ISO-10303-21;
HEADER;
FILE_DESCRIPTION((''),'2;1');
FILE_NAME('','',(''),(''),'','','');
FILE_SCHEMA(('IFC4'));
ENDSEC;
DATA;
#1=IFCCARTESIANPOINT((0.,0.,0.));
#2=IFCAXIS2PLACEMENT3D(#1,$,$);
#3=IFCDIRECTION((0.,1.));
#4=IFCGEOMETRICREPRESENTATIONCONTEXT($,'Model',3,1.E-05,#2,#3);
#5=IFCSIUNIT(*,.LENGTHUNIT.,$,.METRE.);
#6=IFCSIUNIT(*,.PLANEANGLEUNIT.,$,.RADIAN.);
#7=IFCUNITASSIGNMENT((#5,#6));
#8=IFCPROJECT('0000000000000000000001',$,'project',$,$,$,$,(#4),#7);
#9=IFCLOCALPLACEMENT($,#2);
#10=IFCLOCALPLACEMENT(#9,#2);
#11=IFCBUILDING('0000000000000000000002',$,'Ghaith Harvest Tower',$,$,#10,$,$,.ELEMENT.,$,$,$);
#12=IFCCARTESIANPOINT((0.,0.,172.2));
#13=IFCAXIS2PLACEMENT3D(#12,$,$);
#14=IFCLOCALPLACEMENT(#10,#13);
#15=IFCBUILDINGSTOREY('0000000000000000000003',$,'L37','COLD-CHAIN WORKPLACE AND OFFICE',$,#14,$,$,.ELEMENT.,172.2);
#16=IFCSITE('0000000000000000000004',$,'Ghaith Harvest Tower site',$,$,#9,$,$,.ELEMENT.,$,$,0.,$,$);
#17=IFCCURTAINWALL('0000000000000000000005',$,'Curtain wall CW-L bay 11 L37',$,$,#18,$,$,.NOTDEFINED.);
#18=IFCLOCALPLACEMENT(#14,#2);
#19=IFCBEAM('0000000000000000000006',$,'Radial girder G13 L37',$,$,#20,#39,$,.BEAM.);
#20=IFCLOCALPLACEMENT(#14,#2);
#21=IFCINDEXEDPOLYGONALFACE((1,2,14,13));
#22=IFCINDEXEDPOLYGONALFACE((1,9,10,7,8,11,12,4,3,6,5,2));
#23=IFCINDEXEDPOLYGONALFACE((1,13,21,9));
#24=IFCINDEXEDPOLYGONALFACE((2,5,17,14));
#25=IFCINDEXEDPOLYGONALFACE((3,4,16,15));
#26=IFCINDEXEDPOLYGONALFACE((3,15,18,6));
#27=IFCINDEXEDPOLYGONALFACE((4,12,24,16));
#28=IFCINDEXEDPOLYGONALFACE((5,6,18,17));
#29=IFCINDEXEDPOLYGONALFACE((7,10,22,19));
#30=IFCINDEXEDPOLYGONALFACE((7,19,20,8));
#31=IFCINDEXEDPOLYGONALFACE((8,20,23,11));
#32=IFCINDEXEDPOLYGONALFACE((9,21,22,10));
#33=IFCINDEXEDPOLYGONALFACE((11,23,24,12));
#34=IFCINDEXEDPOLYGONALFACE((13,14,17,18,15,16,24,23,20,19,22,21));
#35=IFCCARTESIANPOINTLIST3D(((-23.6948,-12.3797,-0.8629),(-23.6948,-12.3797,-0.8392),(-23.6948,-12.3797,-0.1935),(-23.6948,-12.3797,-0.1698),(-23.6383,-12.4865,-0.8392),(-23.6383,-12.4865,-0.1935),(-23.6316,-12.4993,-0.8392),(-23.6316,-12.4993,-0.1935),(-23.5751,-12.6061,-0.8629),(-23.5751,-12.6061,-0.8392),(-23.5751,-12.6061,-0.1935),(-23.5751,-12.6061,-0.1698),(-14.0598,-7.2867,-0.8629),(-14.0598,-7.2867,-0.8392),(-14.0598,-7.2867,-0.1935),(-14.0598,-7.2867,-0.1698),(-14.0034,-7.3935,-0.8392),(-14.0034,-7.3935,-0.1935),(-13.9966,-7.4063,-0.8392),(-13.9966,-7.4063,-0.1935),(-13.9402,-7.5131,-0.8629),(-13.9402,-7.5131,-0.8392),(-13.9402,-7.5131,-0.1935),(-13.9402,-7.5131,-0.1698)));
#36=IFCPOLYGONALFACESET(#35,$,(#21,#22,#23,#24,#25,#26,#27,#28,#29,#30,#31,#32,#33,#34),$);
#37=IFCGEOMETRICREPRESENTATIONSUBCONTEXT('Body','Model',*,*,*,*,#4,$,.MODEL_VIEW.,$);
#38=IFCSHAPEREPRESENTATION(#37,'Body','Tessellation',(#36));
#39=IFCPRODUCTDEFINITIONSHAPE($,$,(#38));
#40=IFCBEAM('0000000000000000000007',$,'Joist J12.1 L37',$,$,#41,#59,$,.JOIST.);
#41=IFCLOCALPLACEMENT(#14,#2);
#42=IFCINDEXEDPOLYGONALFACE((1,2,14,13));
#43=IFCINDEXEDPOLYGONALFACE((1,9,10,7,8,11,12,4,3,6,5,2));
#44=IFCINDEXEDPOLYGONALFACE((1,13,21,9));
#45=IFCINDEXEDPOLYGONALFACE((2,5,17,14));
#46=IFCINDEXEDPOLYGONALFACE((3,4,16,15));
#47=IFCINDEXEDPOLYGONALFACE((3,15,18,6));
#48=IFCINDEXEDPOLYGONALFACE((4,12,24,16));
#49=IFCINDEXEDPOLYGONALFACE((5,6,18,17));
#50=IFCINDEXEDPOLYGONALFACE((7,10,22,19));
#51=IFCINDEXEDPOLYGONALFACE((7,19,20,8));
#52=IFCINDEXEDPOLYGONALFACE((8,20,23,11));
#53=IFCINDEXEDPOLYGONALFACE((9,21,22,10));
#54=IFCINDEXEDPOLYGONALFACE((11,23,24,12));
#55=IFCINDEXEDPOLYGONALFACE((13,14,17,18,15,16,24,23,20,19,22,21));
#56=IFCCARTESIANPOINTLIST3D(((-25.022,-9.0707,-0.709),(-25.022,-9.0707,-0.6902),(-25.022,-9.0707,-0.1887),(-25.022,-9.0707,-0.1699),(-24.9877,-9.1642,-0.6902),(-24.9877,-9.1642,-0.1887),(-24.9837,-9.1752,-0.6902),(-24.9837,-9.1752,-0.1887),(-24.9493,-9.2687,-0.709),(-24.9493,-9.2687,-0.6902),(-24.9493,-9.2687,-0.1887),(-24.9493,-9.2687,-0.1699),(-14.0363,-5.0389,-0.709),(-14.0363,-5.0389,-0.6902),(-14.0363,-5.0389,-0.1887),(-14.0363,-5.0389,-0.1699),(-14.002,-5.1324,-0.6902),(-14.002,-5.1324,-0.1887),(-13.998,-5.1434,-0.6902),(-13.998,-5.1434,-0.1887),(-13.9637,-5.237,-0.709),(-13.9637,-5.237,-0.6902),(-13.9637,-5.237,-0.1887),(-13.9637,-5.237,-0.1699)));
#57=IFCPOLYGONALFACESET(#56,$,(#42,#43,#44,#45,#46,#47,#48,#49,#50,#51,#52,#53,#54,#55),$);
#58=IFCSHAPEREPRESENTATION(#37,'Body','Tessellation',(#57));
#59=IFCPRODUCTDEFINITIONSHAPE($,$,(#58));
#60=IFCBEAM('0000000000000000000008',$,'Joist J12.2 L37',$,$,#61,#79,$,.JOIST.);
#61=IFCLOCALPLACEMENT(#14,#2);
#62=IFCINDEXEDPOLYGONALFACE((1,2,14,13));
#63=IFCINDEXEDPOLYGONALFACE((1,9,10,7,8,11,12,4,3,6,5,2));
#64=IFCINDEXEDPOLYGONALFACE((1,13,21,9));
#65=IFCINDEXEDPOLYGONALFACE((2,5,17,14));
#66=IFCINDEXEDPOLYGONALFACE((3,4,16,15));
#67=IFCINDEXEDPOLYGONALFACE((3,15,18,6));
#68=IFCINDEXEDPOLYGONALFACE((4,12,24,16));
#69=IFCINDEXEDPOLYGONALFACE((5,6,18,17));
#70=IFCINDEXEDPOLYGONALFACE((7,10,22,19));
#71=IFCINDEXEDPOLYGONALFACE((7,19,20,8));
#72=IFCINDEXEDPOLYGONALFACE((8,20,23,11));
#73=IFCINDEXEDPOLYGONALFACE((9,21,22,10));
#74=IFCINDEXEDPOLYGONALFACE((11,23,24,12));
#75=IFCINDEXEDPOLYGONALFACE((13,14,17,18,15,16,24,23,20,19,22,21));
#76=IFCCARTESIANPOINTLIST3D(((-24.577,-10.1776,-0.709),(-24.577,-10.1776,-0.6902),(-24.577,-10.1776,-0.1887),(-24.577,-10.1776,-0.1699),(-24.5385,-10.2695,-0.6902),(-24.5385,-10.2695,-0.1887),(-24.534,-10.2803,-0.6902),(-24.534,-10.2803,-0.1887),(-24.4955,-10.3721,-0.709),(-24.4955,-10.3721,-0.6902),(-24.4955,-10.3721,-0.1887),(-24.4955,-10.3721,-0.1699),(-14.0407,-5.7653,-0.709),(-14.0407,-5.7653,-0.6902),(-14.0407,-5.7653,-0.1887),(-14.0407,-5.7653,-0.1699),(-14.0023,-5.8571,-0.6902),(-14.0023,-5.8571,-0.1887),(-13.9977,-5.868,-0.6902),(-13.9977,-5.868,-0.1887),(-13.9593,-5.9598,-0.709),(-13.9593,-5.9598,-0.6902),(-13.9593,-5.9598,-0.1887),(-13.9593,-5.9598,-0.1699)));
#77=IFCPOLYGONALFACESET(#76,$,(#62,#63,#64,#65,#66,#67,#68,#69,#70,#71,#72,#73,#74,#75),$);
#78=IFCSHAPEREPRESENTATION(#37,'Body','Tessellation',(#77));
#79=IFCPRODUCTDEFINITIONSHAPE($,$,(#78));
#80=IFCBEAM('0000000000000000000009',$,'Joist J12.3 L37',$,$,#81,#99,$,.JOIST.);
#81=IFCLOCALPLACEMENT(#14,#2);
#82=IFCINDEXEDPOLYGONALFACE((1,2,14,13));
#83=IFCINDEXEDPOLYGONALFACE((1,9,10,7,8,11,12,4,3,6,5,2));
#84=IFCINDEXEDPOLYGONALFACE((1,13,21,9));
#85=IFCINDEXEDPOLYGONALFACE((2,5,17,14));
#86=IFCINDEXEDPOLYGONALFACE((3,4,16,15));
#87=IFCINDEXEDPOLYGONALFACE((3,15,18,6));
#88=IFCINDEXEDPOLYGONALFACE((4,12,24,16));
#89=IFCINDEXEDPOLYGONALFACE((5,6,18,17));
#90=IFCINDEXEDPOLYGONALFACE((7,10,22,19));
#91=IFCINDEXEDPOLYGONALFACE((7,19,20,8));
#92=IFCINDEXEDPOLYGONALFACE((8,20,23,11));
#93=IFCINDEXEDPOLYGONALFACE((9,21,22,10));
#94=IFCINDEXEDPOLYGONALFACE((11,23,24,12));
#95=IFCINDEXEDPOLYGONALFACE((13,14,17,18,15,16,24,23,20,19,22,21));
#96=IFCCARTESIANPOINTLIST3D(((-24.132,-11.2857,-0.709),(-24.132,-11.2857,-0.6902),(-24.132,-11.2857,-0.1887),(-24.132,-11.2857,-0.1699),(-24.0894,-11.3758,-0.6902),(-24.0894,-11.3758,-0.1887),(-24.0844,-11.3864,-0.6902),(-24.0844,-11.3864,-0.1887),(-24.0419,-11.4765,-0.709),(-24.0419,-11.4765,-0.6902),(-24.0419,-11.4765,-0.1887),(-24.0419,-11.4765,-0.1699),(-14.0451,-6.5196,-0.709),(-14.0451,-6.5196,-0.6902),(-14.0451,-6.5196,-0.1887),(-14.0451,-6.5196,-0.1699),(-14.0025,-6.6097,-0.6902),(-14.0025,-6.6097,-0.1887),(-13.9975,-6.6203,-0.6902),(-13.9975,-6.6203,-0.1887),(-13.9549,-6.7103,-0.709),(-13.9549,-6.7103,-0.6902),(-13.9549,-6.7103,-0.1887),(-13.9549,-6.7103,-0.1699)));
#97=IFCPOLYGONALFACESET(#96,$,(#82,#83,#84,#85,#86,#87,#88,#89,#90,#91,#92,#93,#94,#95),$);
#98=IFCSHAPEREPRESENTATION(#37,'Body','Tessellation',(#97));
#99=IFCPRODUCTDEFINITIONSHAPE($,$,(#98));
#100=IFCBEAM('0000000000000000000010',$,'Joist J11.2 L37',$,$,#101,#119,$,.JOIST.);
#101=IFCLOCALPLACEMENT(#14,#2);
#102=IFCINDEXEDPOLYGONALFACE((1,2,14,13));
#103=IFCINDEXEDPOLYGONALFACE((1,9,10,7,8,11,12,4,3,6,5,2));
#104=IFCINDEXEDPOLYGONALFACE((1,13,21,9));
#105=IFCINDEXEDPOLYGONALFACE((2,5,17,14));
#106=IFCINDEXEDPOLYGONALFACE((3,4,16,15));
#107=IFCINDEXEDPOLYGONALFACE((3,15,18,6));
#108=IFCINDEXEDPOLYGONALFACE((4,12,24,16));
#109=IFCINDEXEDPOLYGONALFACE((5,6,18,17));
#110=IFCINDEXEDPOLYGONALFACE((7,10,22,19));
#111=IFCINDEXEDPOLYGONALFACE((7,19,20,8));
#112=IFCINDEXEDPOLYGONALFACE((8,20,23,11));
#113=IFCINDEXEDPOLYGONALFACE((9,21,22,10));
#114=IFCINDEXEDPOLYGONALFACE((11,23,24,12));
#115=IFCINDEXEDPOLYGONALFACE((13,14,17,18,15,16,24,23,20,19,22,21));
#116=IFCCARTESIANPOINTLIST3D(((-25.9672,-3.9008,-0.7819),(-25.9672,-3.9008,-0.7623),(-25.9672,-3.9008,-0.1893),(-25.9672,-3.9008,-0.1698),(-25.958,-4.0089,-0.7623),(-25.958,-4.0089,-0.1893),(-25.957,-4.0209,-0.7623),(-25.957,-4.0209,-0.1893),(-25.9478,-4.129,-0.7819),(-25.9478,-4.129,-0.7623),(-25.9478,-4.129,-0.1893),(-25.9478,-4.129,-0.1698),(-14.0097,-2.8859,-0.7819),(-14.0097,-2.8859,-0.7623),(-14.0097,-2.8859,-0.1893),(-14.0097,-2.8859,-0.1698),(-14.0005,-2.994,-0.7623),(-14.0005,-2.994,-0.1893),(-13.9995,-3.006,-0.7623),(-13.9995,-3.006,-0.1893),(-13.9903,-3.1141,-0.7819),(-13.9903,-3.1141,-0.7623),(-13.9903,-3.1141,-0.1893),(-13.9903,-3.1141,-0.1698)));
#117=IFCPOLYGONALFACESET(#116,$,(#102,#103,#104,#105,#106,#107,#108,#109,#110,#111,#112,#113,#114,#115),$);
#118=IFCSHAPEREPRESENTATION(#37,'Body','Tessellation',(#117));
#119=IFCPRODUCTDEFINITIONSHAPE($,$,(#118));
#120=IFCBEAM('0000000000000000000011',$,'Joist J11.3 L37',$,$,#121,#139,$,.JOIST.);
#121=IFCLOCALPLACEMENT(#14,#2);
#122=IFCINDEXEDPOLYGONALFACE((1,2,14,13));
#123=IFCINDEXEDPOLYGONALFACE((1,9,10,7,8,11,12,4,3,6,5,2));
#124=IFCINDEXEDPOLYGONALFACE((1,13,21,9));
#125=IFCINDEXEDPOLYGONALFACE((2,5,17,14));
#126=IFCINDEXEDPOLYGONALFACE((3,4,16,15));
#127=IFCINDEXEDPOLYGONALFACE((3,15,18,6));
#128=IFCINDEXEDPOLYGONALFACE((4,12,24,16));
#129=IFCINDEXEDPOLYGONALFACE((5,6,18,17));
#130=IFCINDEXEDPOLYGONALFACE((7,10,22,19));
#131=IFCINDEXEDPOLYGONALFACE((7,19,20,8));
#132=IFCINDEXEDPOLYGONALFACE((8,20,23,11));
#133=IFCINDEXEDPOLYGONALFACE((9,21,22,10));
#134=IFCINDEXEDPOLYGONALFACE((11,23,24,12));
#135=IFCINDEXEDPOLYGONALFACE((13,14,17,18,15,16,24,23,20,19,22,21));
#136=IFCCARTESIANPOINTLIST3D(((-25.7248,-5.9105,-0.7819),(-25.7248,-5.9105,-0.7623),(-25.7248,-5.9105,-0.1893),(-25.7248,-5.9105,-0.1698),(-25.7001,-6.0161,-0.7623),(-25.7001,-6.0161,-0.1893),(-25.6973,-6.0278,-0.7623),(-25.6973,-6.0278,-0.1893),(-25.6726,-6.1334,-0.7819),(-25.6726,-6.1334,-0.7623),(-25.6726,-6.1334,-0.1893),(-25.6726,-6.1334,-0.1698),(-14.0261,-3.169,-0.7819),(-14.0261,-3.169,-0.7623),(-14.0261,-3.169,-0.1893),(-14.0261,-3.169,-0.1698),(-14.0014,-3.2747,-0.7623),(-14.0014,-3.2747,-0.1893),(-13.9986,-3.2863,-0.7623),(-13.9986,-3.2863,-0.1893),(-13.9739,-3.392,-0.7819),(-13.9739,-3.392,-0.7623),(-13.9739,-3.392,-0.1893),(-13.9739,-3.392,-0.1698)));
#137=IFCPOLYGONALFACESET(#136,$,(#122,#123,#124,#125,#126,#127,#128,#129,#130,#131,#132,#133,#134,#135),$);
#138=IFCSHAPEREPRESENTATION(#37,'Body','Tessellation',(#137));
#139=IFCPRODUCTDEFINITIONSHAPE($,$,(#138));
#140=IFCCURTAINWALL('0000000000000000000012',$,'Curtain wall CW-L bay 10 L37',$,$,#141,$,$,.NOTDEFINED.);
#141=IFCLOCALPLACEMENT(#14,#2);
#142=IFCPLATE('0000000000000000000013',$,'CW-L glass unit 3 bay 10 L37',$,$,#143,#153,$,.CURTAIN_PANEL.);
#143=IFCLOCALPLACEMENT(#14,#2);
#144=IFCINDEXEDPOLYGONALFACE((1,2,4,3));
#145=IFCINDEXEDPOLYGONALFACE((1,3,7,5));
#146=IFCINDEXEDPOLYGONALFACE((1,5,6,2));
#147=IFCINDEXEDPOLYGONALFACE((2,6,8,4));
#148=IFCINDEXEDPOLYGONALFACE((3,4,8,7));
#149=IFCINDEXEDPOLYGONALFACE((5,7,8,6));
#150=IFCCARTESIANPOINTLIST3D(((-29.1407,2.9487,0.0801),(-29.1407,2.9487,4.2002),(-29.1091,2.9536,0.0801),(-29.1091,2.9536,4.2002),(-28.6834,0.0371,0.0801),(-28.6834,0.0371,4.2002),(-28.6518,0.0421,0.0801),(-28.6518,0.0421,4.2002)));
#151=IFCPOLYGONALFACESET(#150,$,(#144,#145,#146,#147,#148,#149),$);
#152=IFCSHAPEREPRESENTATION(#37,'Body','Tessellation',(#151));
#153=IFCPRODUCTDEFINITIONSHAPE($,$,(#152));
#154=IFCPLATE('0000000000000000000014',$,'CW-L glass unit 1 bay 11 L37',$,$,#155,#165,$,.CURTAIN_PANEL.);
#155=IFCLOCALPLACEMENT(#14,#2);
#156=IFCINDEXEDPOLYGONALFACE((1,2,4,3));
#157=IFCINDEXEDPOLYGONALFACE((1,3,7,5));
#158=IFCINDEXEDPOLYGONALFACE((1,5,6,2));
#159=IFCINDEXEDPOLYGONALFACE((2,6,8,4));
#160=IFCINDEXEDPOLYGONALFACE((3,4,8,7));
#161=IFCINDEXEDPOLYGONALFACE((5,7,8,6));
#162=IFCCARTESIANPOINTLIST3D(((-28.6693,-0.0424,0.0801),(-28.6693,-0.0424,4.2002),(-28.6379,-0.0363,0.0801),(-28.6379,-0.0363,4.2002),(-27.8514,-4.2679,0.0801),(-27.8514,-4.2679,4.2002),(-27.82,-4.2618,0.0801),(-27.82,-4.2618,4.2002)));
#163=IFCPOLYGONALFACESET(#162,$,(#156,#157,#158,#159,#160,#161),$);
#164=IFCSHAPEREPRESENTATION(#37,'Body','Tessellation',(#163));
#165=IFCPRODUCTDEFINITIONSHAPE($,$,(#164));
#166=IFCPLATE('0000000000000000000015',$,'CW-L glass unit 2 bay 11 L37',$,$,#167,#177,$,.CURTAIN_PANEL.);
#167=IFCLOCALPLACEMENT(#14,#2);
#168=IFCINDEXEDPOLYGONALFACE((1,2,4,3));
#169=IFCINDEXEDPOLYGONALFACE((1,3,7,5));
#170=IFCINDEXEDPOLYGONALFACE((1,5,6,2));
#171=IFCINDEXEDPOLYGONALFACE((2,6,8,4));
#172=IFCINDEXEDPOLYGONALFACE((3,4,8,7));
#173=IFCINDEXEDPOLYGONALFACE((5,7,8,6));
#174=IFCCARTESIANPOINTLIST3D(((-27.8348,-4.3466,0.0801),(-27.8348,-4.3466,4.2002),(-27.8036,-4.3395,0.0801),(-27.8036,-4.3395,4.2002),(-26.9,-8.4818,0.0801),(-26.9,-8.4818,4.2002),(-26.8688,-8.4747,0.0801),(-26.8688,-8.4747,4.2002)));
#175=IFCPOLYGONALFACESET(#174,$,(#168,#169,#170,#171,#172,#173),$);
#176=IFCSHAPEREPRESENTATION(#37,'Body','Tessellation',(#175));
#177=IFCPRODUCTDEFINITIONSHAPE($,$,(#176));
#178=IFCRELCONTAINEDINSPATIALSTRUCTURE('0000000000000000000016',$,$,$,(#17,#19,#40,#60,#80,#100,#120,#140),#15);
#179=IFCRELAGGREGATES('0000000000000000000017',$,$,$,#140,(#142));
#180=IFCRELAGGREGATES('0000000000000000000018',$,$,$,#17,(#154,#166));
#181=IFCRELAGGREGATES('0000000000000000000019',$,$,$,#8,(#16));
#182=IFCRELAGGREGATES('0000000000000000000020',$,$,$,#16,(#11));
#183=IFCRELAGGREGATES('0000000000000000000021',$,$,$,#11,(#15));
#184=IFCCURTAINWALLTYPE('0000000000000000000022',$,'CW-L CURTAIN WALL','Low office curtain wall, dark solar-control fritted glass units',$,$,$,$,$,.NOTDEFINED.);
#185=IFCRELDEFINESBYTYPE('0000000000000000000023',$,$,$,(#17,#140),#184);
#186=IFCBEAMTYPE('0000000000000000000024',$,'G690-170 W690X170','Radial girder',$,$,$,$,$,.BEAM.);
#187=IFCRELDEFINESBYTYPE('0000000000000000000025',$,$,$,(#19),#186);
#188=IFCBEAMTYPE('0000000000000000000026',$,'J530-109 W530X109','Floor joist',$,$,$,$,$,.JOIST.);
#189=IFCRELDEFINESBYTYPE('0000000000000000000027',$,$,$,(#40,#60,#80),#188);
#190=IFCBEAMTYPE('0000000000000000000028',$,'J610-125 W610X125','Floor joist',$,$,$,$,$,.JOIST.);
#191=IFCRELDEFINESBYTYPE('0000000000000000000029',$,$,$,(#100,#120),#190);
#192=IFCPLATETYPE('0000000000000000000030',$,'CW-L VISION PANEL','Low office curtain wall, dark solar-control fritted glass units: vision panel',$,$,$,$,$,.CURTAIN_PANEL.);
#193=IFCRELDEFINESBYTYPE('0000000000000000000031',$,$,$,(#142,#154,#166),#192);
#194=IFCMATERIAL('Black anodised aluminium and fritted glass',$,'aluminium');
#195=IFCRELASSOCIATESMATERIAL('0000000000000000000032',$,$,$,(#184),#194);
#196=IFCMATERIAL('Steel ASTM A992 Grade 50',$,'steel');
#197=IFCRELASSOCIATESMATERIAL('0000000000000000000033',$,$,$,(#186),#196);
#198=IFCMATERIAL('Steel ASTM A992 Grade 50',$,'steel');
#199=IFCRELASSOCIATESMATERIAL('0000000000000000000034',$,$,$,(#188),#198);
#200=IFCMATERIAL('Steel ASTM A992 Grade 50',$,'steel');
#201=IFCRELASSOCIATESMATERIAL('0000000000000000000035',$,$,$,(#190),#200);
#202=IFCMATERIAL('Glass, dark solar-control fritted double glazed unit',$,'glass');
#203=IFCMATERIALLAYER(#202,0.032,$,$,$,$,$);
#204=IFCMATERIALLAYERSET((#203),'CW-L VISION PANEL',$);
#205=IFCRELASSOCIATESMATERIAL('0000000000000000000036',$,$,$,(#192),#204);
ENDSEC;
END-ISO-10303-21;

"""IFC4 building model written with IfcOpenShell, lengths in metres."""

from ifc_helpers import new_model, si_unit, direction, frame, origin, origin_2d, place, context, subcontext, project, spatial, rectangle, i_section, extrude, material, layer, layer_set, material_profile, profile_set, type_object, element, aggregate, save


model = new_model("IFC4")

# Units and contexts
model_context = context("Model", 3, precision=1e-05, world=origin(), true_north=direction((0.0, 1.0)))
body_context = subcontext(model_context, "Body", "Model", "MODEL_VIEW")
ifc_project = project(units=[si_unit("LENGTHUNIT", "METRE"), si_unit("PLANEANGLEUNIT", "RADIAN")], contexts=[model_context])

# Site, building, storey
site_placement = place(None, origin())
site = spatial("IfcSite", under=ifc_project, at=site_placement, Name="Ghaith Harvest Tower site", CompositionType="ELEMENT", RefElevation=0.0)
building_placement = place(site_placement, origin())
building = spatial("IfcBuilding", under=site, at=building_placement, Name="Ghaith Harvest Tower", CompositionType="ELEMENT")
storey_placement = place(building_placement, frame((0.0, 0.0, 172.2)))
storey = spatial("IfcBuildingStorey", under=building, at=storey_placement, Name="L37", Description="COLD-CHAIN WORKPLACE AND OFFICE", CompositionType="ELEMENT", Elevation=172.2)

# Curtain wall
ifc_material_1 = material(Name="Black anodised aluminium and fritted glass", Category="aluminium")
curtain_wall_type = type_object("IfcCurtainWallType", Name="CW-L CURTAIN WALL", Description="Low office curtain wall, dark solar-control fritted glass units", PredefinedType="NOTDEFINED", material=ifc_material_1)
curtain_wall_1_placement = place(storey_placement, origin())
curtain_wall_1 = element("IfcCurtainWall", 1, at=curtain_wall_1_placement, inside=storey, type_object=curtain_wall_type, Name="Curtain wall CW-L bay 11 L37", PredefinedType="NOTDEFINED")

# Beams
ifc_material_2 = material(Name="Steel ASTM A992 Grade 50", Category="steel")
ifc_material_profile_1 = material_profile(ifc_material_2, i_section(OverallWidth=0.2561, OverallDepth=0.6931, WebThickness=0.0144, FlangeThickness=0.0237, at=origin_2d()), Name="W690X170")
ifc_profile_set_1 = profile_set([ifc_material_profile_1], Name="Steel ASTM A992 Grade 50")
beam_type_1 = type_object("IfcBeamType", Name="G690-170 W690X170", Description="Radial girder", PredefinedType="BEAM", material=ifc_profile_set_1)
beam_1_placement = place(storey_placement, frame((-14.0, -7.3999, -0.5164), z_axis=(-0.884086, -0.467324, 0.0), x_axis=(0.467324, -0.884086, 0.0)))
element("IfcBeam", 2, at=beam_1_placement, inside=storey, type_object=beam_type_1, Name="Radial girder G13 L37", PredefinedType="BEAM", context=body_context, shape_type="SweptSolid", body=[
    extrude(i_section(OverallWidth=0.2561, OverallDepth=0.6931, WebThickness=0.0144, FlangeThickness=0.0237, at=origin_2d()), origin(), (0.0, 0.0, 1.0), 10.8982),
])
ifc_material_3 = material(Name="Steel ASTM A992 Grade 50", Category="steel")
ifc_material_profile_2 = material_profile(ifc_material_3, i_section(OverallWidth=0.2109, OverallDepth=0.5391, WebThickness=0.0117, FlangeThickness=0.0188, at=origin_2d()), Name="W530X109")
ifc_profile_set_2 = profile_set([ifc_material_profile_2], Name="Steel ASTM A992 Grade 50")
beam_type_2 = type_object("IfcBeamType", Name="J530-109 W530X109", Description="Floor joist", PredefinedType="JOIST", material=ifc_profile_set_2)
beam_2_placement = place(storey_placement, frame((-14.0, -5.1379, -0.4395), z_axis=(-0.938774, -0.344532, 0.0), x_axis=(0.344532, -0.938774, 0.0)))
element("IfcBeam", 3, at=beam_2_placement, inside=storey, type_object=beam_type_2, Name="Joist J12.1 L37", PredefinedType="JOIST", context=body_context, shape_type="SweptSolid", body=[
    extrude(i_section(OverallWidth=0.2109, OverallDepth=0.5391, WebThickness=0.0117, FlangeThickness=0.0188, at=origin_2d()), origin(), (0.0, 0.0, 1.0), 11.7021),
])
beam_3_placement = place(storey_placement, frame((-14.0, -5.8625, -0.4395), z_axis=(-0.922386, -0.38627, 0.0), x_axis=(0.38627, -0.922386, 0.0)))
element("IfcBeam", 4, at=beam_3_placement, inside=storey, type_object=beam_type_2, Name="Joist J12.2 L37", PredefinedType="JOIST", context=body_context, shape_type="SweptSolid", body=[
    extrude(i_section(OverallWidth=0.2109, OverallDepth=0.5391, WebThickness=0.0117, FlangeThickness=0.0188, at=origin_2d()), origin(), (0.0, 0.0, 1.0), 11.4229),
])
beam_4_placement = place(storey_placement, frame((-14.0, -6.615, -0.4395), z_axis=(-0.90415, -0.427215, 0.0), x_axis=(0.427215, -0.90415, 0.0)))
element("IfcBeam", 5, at=beam_4_placement, inside=storey, type_object=beam_type_2, Name="Joist J12.3 L37", PredefinedType="JOIST", context=body_context, shape_type="SweptSolid", body=[
    extrude(i_section(OverallWidth=0.2109, OverallDepth=0.5391, WebThickness=0.0117, FlangeThickness=0.0188, at=origin_2d()), origin(), (0.0, 0.0, 1.0), 11.1562),
])
ifc_material_4 = material(Name="Steel ASTM A992 Grade 50", Category="steel")
ifc_material_profile_3 = material_profile(ifc_material_4, i_section(OverallWidth=0.229, OverallDepth=0.6121, WebThickness=0.012, FlangeThickness=0.0195, at=origin_2d()), Name="W610X125")
ifc_profile_set_3 = profile_set([ifc_material_profile_3], Name="Steel ASTM A992 Grade 50")
beam_type_3 = type_object("IfcBeamType", Name="J610-125 W610X125", Description="Floor joist", PredefinedType="JOIST", material=ifc_profile_set_3)
beam_5_placement = place(storey_placement, frame((-14.0, -3.0, -0.4758), z_axis=(-0.996417, -0.084571, 0.0), x_axis=(0.084571, -0.996417, 0.0)))
element("IfcBeam", 6, at=beam_5_placement, inside=storey, type_object=beam_type_3, Name="Joist J11.2 L37", PredefinedType="JOIST", context=body_context, shape_type="SweptSolid", body=[
    extrude(i_section(OverallWidth=0.229, OverallDepth=0.6121, WebThickness=0.012, FlangeThickness=0.0195, at=origin_2d()), origin(), (0.0, 0.0, 1.0), 12.0005),
])
beam_6_placement = place(storey_placement, frame((-14.0, -3.2805, -0.4758), z_axis=(-0.973624, -0.228157, 0.0), x_axis=(0.228157, -0.973624, 0.0)))
element("IfcBeam", 7, at=beam_6_placement, inside=storey, type_object=beam_type_3, Name="Joist J11.3 L37", PredefinedType="JOIST", context=body_context, shape_type="SweptSolid", body=[
    extrude(i_section(OverallWidth=0.229, OverallDepth=0.6121, WebThickness=0.012, FlangeThickness=0.0195, at=origin_2d()), origin(), (0.0, 0.0, 1.0), 12.0156),
])

# Curtain wall, plate
curtain_wall_2_placement = place(storey_placement, origin())
curtain_wall_2 = element("IfcCurtainWall", 8, at=curtain_wall_2_placement, inside=storey, type_object=curtain_wall_type, Name="Curtain wall CW-L bay 10 L37", PredefinedType="NOTDEFINED")
ifc_material_5 = material(Name="Glass, dark solar-control fritted double glazed unit", Category="glass")
ifc_layer_1 = layer(ifc_material_5, 0.032)
ifc_layer_set_1 = layer_set([ifc_layer_1], Name="CW-L VISION PANEL")
plate_type_1 = type_object("IfcPlateType", Name="CW-L VISION PANEL", Description="Low office curtain wall, dark solar-control fritted glass units: vision panel", PredefinedType="CURTAIN_PANEL", material=ifc_layer_set_1)
plate_1_placement = place(storey_placement, frame((-28.8962, 1.4954, 0.0801), z_axis=(0.0, 0.0, 1.0), x_axis=(0.155172, -0.987887, 0.0)))
plate_1 = element("IfcPlate", 9, at=plate_1_placement, type_object=plate_type_1, Name="CW-L glass unit 3 bay 10 L37", PredefinedType="CURTAIN_PANEL", context=body_context, shape_type="SweptSolid", body=[
    extrude(rectangle(XDim=2.9473, YDim=0.032, at=origin_2d()), origin(), (0.0, 0.0, 1.0), 4.1201),
])
aggregate(curtain_wall_2, [plate_1])

# Plates
plate_2_placement = place(storey_placement, frame((-28.2446, -2.1521, 0.0801), z_axis=(0.0, 0.0, 1.0), x_axis=(0.190045, -0.981775, 0.0)))
plate_2 = element("IfcPlate", 10, at=plate_2_placement, type_object=plate_type_1, Name="CW-L glass unit 1 bay 11 L37", PredefinedType="CURTAIN_PANEL", context=body_context, shape_type="SweptSolid", body=[
    extrude(rectangle(XDim=4.304, YDim=0.032, at=origin_2d()), origin(), (0.0, 0.0, 1.0), 4.1201),
])
plate_3_placement = place(storey_placement, frame((-27.3518, -6.4106, 0.0801), z_axis=(0.0, 0.0, 1.0), x_axis=(0.220483, -0.975391, 0.0)))
plate_3 = element("IfcPlate", 11, at=plate_3_placement, type_object=plate_type_1, Name="CW-L glass unit 2 bay 11 L37", PredefinedType="CURTAIN_PANEL", context=body_context, shape_type="SweptSolid", body=[
    extrude(rectangle(XDim=4.2395, YDim=0.032, at=origin_2d()), origin(), (0.0, 0.0, 1.0), 4.1201),
])
aggregate(curtain_wall_1, [plate_2, plate_3])

save(model, "model.ifc")
